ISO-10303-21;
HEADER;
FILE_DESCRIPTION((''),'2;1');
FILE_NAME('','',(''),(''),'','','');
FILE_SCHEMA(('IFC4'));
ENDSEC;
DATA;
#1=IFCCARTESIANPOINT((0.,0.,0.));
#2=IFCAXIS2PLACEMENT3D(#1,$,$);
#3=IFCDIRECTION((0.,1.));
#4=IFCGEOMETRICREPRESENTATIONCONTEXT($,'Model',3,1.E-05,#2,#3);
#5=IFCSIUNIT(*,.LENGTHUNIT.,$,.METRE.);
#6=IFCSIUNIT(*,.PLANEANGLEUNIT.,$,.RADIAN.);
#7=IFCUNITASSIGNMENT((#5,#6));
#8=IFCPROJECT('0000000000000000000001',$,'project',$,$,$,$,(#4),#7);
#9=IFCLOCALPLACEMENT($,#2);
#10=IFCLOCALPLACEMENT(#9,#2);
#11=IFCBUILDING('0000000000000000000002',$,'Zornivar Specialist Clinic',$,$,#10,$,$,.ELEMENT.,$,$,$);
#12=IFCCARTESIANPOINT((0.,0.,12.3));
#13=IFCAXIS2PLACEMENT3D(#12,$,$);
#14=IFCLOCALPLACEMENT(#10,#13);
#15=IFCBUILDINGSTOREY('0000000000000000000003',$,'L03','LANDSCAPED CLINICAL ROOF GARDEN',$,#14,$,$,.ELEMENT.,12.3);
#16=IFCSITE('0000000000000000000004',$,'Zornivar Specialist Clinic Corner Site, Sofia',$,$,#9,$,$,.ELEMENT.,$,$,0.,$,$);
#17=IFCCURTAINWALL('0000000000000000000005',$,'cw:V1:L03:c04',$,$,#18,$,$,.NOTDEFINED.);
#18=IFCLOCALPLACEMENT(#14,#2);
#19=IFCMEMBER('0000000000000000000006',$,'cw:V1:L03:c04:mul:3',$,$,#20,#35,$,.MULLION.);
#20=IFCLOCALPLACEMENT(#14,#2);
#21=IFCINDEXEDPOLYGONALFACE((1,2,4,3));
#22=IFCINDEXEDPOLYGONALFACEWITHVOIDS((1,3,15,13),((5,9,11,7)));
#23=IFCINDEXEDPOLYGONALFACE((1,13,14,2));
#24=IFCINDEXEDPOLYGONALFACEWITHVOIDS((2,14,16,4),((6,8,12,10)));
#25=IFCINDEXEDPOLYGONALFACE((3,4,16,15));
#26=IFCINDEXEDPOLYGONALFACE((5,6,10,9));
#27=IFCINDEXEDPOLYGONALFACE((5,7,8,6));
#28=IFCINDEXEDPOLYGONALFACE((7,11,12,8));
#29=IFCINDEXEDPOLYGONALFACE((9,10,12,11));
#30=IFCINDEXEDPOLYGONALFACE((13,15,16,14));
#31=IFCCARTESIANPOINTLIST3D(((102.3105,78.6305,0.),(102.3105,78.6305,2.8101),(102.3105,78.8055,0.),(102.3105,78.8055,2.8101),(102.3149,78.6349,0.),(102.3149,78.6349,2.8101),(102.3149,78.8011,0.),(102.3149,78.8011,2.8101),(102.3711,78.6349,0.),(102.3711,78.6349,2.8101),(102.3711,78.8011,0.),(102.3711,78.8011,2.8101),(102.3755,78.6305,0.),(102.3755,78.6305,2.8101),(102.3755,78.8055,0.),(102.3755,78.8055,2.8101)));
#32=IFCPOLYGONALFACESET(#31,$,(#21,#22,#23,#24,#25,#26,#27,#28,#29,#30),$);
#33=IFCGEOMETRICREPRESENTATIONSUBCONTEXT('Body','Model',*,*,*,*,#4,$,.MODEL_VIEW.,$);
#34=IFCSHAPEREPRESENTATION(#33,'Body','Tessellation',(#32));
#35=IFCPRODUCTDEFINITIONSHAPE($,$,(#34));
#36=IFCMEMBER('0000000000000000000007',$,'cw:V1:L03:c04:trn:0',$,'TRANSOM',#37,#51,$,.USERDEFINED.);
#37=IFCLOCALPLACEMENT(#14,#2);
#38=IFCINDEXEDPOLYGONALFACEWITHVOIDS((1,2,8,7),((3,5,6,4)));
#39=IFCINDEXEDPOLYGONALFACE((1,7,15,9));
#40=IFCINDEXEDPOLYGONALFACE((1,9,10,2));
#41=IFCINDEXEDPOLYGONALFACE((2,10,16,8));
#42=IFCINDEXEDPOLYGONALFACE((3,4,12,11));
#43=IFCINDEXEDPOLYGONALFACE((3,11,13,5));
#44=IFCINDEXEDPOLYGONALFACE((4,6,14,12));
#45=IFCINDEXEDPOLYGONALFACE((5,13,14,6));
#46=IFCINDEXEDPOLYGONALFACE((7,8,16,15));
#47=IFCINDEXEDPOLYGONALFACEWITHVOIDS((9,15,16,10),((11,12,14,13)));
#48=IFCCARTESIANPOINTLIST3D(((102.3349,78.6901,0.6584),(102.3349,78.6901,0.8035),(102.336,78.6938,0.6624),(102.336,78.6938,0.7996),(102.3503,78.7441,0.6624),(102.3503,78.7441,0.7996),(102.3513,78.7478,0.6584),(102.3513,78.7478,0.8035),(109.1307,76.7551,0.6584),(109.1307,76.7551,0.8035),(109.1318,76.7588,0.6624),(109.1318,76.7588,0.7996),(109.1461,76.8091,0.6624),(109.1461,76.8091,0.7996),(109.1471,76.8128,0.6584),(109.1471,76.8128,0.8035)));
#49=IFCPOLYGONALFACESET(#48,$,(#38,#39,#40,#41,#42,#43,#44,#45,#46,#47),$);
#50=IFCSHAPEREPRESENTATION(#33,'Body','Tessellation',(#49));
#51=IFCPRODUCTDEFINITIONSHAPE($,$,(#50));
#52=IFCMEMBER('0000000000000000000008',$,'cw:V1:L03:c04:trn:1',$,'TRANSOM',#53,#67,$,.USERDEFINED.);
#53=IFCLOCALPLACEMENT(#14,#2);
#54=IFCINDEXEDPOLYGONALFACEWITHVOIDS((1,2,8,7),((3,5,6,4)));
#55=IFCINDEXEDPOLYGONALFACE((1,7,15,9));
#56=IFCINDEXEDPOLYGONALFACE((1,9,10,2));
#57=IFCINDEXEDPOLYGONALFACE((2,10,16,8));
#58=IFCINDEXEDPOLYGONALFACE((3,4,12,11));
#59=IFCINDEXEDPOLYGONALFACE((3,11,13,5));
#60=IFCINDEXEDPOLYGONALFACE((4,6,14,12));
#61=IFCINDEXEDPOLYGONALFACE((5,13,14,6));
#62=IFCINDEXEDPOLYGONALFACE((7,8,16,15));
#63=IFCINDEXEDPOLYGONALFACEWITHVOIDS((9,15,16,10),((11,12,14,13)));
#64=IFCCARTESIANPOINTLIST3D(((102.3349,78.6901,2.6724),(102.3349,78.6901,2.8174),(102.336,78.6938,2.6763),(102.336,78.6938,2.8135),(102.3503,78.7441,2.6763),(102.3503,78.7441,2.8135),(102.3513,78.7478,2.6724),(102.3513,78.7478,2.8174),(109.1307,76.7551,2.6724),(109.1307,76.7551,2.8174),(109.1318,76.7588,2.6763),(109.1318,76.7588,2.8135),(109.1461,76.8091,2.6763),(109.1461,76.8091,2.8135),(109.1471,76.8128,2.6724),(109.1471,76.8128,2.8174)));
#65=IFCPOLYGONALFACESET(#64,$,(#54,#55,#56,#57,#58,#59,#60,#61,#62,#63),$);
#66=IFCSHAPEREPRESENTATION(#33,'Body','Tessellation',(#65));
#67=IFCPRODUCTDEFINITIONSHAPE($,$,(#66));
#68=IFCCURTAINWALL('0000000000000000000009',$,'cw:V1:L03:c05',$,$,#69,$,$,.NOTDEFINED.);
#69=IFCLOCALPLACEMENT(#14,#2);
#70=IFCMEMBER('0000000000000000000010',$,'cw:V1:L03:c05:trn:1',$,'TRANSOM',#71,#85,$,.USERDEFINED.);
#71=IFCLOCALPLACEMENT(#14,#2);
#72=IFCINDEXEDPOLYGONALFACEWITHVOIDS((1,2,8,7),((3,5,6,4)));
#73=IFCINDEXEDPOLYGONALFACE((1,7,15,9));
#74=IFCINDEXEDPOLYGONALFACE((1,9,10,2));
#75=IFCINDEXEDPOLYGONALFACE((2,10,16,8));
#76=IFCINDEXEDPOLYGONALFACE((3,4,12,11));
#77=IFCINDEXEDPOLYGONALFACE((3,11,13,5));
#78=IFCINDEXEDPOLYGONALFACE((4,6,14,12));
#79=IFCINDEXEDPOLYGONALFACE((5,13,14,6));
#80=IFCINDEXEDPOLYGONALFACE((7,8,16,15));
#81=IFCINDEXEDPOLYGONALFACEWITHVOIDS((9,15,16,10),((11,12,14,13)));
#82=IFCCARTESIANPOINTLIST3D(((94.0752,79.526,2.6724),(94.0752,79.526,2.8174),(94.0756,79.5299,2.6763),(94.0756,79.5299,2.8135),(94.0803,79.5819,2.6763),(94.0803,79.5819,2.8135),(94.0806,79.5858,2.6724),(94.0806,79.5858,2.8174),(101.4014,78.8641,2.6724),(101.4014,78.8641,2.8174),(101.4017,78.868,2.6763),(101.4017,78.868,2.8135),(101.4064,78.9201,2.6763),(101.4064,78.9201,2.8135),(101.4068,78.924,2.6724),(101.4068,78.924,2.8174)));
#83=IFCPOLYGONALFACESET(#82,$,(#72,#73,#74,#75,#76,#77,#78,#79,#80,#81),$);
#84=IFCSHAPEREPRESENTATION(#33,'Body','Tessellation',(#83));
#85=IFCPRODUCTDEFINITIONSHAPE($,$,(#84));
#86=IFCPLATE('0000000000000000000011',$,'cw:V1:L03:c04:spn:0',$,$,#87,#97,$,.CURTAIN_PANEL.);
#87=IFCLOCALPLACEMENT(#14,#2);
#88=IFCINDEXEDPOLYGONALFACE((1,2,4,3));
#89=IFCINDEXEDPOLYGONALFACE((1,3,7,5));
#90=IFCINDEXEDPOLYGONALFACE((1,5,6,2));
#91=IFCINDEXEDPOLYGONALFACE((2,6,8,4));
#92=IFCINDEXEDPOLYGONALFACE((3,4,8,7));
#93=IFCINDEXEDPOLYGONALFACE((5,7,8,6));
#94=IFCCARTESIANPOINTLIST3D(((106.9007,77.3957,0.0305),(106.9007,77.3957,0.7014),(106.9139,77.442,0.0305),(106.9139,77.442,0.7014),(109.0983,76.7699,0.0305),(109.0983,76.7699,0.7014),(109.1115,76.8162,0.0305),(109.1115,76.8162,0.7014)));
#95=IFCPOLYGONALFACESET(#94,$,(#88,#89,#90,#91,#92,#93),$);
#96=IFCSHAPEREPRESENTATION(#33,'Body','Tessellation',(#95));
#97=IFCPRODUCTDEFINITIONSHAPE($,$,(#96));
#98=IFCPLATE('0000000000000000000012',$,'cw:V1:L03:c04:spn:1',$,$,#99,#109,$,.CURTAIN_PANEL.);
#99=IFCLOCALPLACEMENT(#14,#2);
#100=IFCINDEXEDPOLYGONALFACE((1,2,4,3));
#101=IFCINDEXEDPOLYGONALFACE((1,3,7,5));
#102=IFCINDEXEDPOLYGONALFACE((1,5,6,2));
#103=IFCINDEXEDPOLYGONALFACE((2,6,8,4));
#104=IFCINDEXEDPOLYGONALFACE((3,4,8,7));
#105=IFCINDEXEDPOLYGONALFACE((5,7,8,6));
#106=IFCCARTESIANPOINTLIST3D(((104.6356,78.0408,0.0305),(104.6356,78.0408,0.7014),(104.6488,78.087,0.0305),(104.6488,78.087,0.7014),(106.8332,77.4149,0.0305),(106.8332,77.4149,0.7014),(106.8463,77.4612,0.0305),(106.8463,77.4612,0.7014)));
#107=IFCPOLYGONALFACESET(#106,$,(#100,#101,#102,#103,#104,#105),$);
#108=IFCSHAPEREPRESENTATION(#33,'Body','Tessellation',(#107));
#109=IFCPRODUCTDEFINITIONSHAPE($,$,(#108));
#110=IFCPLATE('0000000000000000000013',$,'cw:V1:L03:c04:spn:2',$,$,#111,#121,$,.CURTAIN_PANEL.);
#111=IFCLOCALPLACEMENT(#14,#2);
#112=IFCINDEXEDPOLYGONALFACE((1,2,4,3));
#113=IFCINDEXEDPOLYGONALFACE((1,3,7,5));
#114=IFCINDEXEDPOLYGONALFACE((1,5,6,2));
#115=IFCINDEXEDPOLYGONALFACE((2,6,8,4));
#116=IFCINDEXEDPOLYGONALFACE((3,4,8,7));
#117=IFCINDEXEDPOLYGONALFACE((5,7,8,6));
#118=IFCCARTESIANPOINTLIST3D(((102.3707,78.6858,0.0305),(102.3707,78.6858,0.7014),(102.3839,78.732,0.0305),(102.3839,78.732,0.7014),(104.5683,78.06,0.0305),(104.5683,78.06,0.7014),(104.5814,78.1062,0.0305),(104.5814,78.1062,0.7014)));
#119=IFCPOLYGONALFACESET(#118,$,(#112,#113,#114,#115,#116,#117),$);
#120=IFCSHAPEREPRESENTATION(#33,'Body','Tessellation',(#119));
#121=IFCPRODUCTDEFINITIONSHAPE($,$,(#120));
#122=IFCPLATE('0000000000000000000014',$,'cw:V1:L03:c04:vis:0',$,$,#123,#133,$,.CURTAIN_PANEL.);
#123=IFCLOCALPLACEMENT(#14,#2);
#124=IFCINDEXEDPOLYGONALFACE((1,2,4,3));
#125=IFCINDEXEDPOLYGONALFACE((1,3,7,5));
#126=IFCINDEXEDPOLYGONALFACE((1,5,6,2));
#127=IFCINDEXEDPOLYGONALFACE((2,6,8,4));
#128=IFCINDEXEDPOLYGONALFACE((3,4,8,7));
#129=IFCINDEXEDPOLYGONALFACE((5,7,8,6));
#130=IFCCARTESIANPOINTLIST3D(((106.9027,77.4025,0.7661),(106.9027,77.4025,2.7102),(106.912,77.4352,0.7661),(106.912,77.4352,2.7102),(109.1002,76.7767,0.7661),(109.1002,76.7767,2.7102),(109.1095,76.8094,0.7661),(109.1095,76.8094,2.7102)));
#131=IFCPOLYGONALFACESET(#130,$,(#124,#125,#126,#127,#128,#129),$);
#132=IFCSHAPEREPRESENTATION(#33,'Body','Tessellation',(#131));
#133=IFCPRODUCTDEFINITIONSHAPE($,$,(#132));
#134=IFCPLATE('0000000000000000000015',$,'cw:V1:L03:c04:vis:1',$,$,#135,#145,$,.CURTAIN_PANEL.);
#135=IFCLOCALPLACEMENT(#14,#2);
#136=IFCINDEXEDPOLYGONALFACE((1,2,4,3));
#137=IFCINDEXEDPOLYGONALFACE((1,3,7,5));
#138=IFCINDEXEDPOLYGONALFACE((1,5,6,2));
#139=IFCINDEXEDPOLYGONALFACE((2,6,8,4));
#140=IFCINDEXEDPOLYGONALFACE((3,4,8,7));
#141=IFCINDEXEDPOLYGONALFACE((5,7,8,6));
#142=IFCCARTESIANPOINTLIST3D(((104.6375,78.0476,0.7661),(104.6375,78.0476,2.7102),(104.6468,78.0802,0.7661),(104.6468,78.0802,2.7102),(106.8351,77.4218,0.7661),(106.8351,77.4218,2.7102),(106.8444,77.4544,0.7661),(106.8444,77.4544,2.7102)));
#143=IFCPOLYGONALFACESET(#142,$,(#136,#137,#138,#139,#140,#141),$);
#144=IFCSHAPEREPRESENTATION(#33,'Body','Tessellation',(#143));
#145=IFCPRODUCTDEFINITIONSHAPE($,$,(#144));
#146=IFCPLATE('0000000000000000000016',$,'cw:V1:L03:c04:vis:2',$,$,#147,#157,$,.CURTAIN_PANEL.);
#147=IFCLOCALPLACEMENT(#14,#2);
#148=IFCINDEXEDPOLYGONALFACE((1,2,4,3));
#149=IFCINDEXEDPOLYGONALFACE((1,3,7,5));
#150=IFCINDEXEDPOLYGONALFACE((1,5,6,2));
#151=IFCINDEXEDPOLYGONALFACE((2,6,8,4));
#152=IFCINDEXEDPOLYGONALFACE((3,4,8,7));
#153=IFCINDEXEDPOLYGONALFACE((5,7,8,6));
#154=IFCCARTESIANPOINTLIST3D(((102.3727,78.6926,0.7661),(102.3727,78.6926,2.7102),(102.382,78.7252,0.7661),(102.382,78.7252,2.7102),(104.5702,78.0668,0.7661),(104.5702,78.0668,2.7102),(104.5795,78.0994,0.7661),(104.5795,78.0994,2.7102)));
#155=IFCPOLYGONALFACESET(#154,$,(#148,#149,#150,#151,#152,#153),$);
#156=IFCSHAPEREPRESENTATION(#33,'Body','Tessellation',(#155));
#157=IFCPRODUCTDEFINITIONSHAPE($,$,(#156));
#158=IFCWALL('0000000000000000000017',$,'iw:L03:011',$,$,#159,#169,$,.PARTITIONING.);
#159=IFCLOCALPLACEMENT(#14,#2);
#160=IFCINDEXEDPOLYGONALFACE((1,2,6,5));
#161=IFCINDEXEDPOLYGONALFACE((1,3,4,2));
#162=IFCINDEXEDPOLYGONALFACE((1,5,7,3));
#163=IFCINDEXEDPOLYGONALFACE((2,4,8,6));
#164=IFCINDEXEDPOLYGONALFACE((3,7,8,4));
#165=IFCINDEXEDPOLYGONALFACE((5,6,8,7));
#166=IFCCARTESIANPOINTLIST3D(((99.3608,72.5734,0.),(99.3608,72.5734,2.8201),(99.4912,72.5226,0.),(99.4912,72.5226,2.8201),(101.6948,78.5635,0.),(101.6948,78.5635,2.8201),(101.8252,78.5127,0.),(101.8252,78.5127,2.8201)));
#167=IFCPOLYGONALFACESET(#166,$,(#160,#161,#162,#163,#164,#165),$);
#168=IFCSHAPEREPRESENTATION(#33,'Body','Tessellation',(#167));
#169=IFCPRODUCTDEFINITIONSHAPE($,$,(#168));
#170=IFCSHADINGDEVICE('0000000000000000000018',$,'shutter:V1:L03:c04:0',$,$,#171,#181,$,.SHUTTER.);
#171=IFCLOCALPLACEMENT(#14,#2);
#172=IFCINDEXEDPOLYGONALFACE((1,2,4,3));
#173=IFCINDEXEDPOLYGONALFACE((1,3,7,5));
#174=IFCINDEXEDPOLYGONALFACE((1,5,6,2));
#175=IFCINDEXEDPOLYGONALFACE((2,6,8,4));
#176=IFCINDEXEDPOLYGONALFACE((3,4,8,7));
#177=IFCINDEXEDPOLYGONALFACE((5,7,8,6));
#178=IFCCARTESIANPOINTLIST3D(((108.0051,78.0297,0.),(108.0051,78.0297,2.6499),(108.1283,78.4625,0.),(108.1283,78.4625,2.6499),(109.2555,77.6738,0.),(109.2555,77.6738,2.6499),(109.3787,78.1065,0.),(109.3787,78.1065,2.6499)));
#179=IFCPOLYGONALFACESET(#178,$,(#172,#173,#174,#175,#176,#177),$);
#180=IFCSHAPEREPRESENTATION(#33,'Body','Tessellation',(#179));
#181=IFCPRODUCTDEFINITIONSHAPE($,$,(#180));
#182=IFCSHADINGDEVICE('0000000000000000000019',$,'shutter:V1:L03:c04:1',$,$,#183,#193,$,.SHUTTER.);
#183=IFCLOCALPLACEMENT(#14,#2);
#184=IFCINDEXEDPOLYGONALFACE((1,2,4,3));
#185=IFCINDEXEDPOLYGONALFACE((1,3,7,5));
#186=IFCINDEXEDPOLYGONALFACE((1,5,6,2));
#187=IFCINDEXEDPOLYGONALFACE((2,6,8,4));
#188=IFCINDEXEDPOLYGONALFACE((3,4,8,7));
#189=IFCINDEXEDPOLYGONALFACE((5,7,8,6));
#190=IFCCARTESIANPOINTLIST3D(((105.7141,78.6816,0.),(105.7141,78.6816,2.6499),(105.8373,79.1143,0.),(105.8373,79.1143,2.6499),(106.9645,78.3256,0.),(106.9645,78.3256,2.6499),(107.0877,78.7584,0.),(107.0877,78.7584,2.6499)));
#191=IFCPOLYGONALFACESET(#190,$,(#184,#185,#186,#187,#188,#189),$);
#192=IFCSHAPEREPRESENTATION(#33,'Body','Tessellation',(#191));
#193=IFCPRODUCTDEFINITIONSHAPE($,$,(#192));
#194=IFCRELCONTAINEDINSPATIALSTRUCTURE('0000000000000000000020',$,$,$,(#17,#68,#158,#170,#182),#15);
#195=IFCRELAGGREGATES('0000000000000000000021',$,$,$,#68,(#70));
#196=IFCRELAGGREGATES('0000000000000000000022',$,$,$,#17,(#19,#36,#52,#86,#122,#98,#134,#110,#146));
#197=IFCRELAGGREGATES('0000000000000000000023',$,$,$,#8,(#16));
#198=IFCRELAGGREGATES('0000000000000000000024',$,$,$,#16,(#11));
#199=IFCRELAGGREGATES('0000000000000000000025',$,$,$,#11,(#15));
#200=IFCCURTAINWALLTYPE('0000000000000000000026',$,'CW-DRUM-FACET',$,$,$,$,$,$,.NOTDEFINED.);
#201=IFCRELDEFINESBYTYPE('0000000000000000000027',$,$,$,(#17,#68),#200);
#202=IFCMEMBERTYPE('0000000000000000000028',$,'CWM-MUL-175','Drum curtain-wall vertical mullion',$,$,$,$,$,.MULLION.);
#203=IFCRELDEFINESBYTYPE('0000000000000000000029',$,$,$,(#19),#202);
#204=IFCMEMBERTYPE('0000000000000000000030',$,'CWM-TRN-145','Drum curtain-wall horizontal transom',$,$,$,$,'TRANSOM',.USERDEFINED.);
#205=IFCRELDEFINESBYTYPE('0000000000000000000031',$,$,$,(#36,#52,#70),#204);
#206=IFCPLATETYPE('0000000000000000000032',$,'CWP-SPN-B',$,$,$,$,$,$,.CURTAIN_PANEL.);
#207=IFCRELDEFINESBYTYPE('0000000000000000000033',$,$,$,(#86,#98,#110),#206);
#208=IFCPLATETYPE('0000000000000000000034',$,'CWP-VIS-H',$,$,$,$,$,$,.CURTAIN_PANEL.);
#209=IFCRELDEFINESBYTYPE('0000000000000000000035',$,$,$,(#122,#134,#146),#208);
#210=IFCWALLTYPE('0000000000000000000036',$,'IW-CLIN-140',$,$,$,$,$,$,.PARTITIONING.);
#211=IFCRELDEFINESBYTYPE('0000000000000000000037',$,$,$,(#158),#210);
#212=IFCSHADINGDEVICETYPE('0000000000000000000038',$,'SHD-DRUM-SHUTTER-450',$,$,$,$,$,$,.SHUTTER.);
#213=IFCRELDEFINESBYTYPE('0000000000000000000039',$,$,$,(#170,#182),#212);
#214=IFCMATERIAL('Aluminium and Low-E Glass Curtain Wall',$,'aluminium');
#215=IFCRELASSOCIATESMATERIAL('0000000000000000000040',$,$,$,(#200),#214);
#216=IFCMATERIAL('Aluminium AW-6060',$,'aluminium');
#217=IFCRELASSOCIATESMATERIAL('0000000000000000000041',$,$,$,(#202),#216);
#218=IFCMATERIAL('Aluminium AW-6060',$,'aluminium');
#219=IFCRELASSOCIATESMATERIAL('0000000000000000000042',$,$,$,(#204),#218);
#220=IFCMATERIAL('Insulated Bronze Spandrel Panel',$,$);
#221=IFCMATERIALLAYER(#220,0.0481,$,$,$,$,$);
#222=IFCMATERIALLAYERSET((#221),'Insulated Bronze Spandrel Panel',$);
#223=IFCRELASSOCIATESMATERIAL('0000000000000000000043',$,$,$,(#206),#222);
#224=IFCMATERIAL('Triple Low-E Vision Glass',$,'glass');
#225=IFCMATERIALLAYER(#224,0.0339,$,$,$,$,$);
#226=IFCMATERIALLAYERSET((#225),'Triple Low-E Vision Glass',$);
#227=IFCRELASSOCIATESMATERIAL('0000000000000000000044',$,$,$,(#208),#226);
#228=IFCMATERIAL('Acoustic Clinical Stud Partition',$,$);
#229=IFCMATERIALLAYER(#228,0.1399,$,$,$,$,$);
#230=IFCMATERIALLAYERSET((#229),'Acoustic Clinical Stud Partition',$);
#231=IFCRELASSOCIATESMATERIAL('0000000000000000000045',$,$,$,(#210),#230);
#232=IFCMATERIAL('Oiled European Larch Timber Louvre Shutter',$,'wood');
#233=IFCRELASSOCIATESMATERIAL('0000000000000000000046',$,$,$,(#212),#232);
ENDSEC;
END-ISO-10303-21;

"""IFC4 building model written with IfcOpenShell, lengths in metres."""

from ifc_helpers import new_model, si_unit, direction, frame, frame_2d, origin, origin_2d, place, context, subcontext, project, spatial, rectangle, hollow_rectangle, extrude, material, layer, layer_set, material_profile, profile_set, type_object, element, aggregate, save


model = new_model("IFC4")

# Units and contexts
model_context = context("Model", 3, precision=1e-05, world=origin(), true_north=direction((0.0, 1.0)))
body_context = subcontext(model_context, "Body", "Model", "MODEL_VIEW")
ifc_project = project(units=[si_unit("LENGTHUNIT", "METRE"), si_unit("PLANEANGLEUNIT", "RADIAN")], contexts=[model_context])

# Site, building, storey
site_placement = place(None, origin())
site = spatial("IfcSite", under=ifc_project, at=site_placement, Name="Zornivar Specialist Clinic Corner Site, Sofia", CompositionType="ELEMENT", RefElevation=0.0)
building_placement = place(site_placement, origin())
building = spatial("IfcBuilding", under=site, at=building_placement, Name="Zornivar Specialist Clinic", CompositionType="ELEMENT")
storey_placement = place(building_placement, frame((0.0, 0.0, 12.3)))
storey = spatial("IfcBuildingStorey", under=building, at=storey_placement, Name="L03", Description="LANDSCAPED CLINICAL ROOF GARDEN", CompositionType="ELEMENT", Elevation=12.3)

# Curtain wall, members
ifc_material_1 = material(Name="Aluminium and Low-E Glass Curtain Wall", Category="aluminium")
curtain_wall_type = type_object("IfcCurtainWallType", Name="CW-DRUM-FACET", PredefinedType="NOTDEFINED", material=ifc_material_1)
curtain_wall_1_placement = place(storey_placement, origin())
curtain_wall_1 = element("IfcCurtainWall", 1, at=curtain_wall_1_placement, inside=storey, type_object=curtain_wall_type, Name="cw:V1:L03:c04", PredefinedType="NOTDEFINED")
ifc_material_2 = material(Name="Aluminium AW-6060", Category="aluminium")
ifc_material_profile_1 = material_profile(ifc_material_2, hollow_rectangle(XDim=0.0649, YDim=0.175, WallThickness=0.0044, at=origin_2d()), Name="ALU 65x175x4.5")
ifc_profile_set_1 = profile_set([ifc_material_profile_1], Name="Aluminium AW-6060")
member_type_1 = type_object("IfcMemberType", Name="CWM-MUL-175", Description="Drum curtain-wall vertical mullion", PredefinedType="MULLION", material=ifc_profile_set_1)
member_1_placement = place(storey_placement, frame((102.343, 78.718, 0.0), z_axis=(0.0, 0.0, 1.0), x_axis=(1.0, 0.0, 0.0)))
member_1 = element("IfcMember", 2, at=member_1_placement, type_object=member_type_1, Name="cw:V1:L03:c04:mul:3", PredefinedType="MULLION", context=body_context, shape_type="SweptSolid", body=[
    extrude(hollow_rectangle(XDim=0.0649, YDim=0.175, WallThickness=0.0044, at=origin_2d()), origin(), (0.0, 0.0, 1.0), 2.8101),
])
ifc_material_3 = material(Name="Aluminium AW-6060", Category="aluminium")
ifc_material_profile_2 = material_profile(ifc_material_3, hollow_rectangle(XDim=0.0601, YDim=0.145, WallThickness=0.0039, at=origin_2d()), Name="ALU 60x145x4")
ifc_profile_set_2 = profile_set([ifc_material_profile_2], Name="Aluminium AW-6060")
member_type_2 = type_object("IfcMemberType", Name="CWM-TRN-145", Description="Drum curtain-wall horizontal transom", ElementType="TRANSOM", PredefinedType="USERDEFINED", material=ifc_profile_set_2)
member_2_placement = place(storey_placement, frame((109.1389, 76.7839, 0.731), z_axis=(-0.961771, 0.273854, 0.0), x_axis=(-0.273854, -0.961771, 0.0)))
member_2 = element("IfcMember", 3, at=member_2_placement, type_object=member_type_2, Name="cw:V1:L03:c04:trn:0", ObjectType="TRANSOM", PredefinedType="USERDEFINED", context=body_context, shape_type="SweptSolid", body=[
    extrude(hollow_rectangle(XDim=0.0601, YDim=0.145, WallThickness=0.0039, at=origin_2d()), origin(), (0.0, 0.0, 1.0), 7.0659),
])
member_3_placement = place(storey_placement, frame((109.1389, 76.7839, 2.7449), z_axis=(-0.961771, 0.273854, 0.0), x_axis=(-0.273854, -0.961771, 0.0)))
member_3 = element("IfcMember", 4, at=member_3_placement, type_object=member_type_2, Name="cw:V1:L03:c04:trn:1", ObjectType="TRANSOM", PredefinedType="USERDEFINED", context=body_context, shape_type="SweptSolid", body=[
    extrude(hollow_rectangle(XDim=0.0601, YDim=0.145, WallThickness=0.0039, at=origin_2d()), origin(), (0.0, 0.0, 1.0), 7.0659),
])

# Curtain wall, member
curtain_wall_2_placement = place(storey_placement, origin())
curtain_wall_2 = element("IfcCurtainWall", 5, at=curtain_wall_2_placement, inside=storey, type_object=curtain_wall_type, Name="cw:V1:L03:c05", PredefinedType="NOTDEFINED")
member_4_placement = place(storey_placement, frame((101.4041, 78.894, 2.7449), z_axis=(-0.995944, 0.089976, 0.0), x_axis=(-0.089976, -0.995944, 0.0)))
member_4 = element("IfcMember", 6, at=member_4_placement, type_object=member_type_2, Name="cw:V1:L03:c05:trn:1", ObjectType="TRANSOM", PredefinedType="USERDEFINED", context=body_context, shape_type="SweptSolid", body=[
    extrude(hollow_rectangle(XDim=0.0601, YDim=0.145, WallThickness=0.0039, at=origin_2d()), origin(), (0.0, 0.0, 1.0), 7.356),
])
aggregate(curtain_wall_2, [member_4])

# Plates
ifc_material_4 = material(Name="Insulated Bronze Spandrel Panel")
ifc_layer_1 = layer(ifc_material_4, 0.0481)
ifc_layer_set_1 = layer_set([ifc_layer_1], Name="Insulated Bronze Spandrel Panel")
plate_type_1 = type_object("IfcPlateType", Name="CWP-SPN-B", PredefinedType="CURTAIN_PANEL", material=ifc_layer_set_1)
plate_1_placement = place(storey_placement, frame((108.0061, 77.106, 0.0305), z_axis=(0.0, 0.0, 1.0), x_axis=(-0.961761, 0.273889, 0.0)))
plate_1 = element("IfcPlate", 7, at=plate_1_placement, type_object=plate_type_1, Name="cw:V1:L03:c04:spn:0", PredefinedType="CURTAIN_PANEL", context=body_context, shape_type="SweptSolid", body=[
    extrude(rectangle(XDim=2.2849, YDim=0.0481, at=origin_2d()), origin(), (0.0, 0.0, 1.0), 0.6709),
])
plate_2_placement = place(storey_placement, frame((105.741, 77.751, 0.0305), z_axis=(0.0, 0.0, 1.0), x_axis=(-0.961761, 0.273889, 0.0)))
plate_2 = element("IfcPlate", 8, at=plate_2_placement, type_object=plate_type_1, Name="cw:V1:L03:c04:spn:1", PredefinedType="CURTAIN_PANEL", context=body_context, shape_type="SweptSolid", body=[
    extrude(rectangle(XDim=2.2849, YDim=0.0481, at=origin_2d()), origin(), (0.0, 0.0, 1.0), 0.6709),
])
plate_3_placement = place(storey_placement, frame((103.4761, 78.396, 0.0305), z_axis=(0.0, 0.0, 1.0), x_axis=(-0.961761, 0.273889, 0.0)))
plate_3 = element("IfcPlate", 9, at=plate_3_placement, type_object=plate_type_1, Name="cw:V1:L03:c04:spn:2", PredefinedType="CURTAIN_PANEL", context=body_context, shape_type="SweptSolid", body=[
    extrude(rectangle(XDim=2.2849, YDim=0.0481, at=origin_2d()), origin(), (0.0, 0.0, 1.0), 0.6709),
])
ifc_material_5 = material(Name="Triple Low-E Vision Glass", Category="glass")
ifc_layer_2 = layer(ifc_material_5, 0.0339)
ifc_layer_set_2 = layer_set([ifc_layer_2], Name="Triple Low-E Vision Glass")
plate_type_2 = type_object("IfcPlateType", Name="CWP-VIS-H", PredefinedType="CURTAIN_PANEL", material=ifc_layer_set_2)
plate_4_placement = place(storey_placement, frame((108.0061, 77.106, 0.7661), z_axis=(0.0, 0.0, 1.0), x_axis=(-0.961761, 0.273889, 0.0)))
plate_4 = element("IfcPlate", 10, at=plate_4_placement, type_object=plate_type_2, Name="cw:V1:L03:c04:vis:0", PredefinedType="CURTAIN_PANEL", context=body_context, shape_type="SweptSolid", body=[
    extrude(rectangle(XDim=2.2849, YDim=0.0339, at=origin_2d()), origin(), (0.0, 0.0, 1.0), 1.9441),
])
plate_5_placement = place(storey_placement, frame((105.741, 77.751, 0.7661), z_axis=(0.0, 0.0, 1.0), x_axis=(-0.961761, 0.273889, 0.0)))
plate_5 = element("IfcPlate", 11, at=plate_5_placement, type_object=plate_type_2, Name="cw:V1:L03:c04:vis:1", PredefinedType="CURTAIN_PANEL", context=body_context, shape_type="SweptSolid", body=[
    extrude(rectangle(XDim=2.2849, YDim=0.0339, at=origin_2d()), origin(), (0.0, 0.0, 1.0), 1.9441),
])
plate_6_placement = place(storey_placement, frame((103.4761, 78.396, 0.7661), z_axis=(0.0, 0.0, 1.0), x_axis=(-0.961761, 0.273889, 0.0)))
plate_6 = element("IfcPlate", 12, at=plate_6_placement, type_object=plate_type_2, Name="cw:V1:L03:c04:vis:2", PredefinedType="CURTAIN_PANEL", context=body_context, shape_type="SweptSolid", body=[
    extrude(rectangle(XDim=2.2849, YDim=0.0339, at=origin_2d()), origin(), (0.0, 0.0, 1.0), 1.9441),
])
aggregate(curtain_wall_1, [member_1, member_2, member_3, plate_1, plate_4, plate_2, plate_5, plate_3, plate_6])

# Wall
ifc_material_6 = material(Name="Acoustic Clinical Stud Partition")
ifc_layer_3 = layer(ifc_material_6, 0.1399)
ifc_layer_set_3 = layer_set([ifc_layer_3], Name="Acoustic Clinical Stud Partition")
wall_type = type_object("IfcWallType", Name="IW-CLIN-140", PredefinedType="PARTITIONING", material=ifc_layer_set_3)
wall_placement = place(storey_placement, frame((101.76, 78.5381, 0.0), z_axis=(0.0, 0.0, 1.0), x_axis=(-0.36306, -0.931766, 0.0)))
element("IfcWall", 13, at=wall_placement, inside=storey, type_object=wall_type, Name="iw:L03:011", PredefinedType="PARTITIONING", context=body_context, shape_type="SweptSolid", body=[
    extrude(rectangle(XDim=6.4287, YDim=0.1399, at=frame_2d((3.2144, 0.0))), origin(), (0.0, 0.0, 1.0), 2.8201),
])

# Shading devices
ifc_material_7 = material(Name="Oiled European Larch Timber Louvre Shutter", Category="wood")
shading_device_type = type_object("IfcShadingDeviceType", Name="SHD-DRUM-SHUTTER-450", PredefinedType="SHUTTER", material=ifc_material_7)
for number, where, z_axis, x_axis, name in (
    (14, (108.6919, 78.0681, 0.0), (0.0, 0.0, 1.0), (-0.961785, 0.273805, 0.0), "shutter:V1:L03:c04:0"),
    (15, (106.4009, 78.72, 0.0), (0.0, 0.0, 1.0), (-0.961785, 0.273805, 0.0), "shutter:V1:L03:c04:1"),
):
    element("IfcShadingDevice", number, at=place(storey_placement, frame(where, z_axis=z_axis, x_axis=x_axis)), inside=storey, type_object=shading_device_type, Name=name, PredefinedType="SHUTTER", context=body_context, shape_type="SweptSolid", body=[
        extrude(rectangle(XDim=1.3, YDim=0.45, at=origin_2d()), origin(), (0.0, 0.0, 1.0), 2.6499),
    ])

save(model, "model.ifc")
